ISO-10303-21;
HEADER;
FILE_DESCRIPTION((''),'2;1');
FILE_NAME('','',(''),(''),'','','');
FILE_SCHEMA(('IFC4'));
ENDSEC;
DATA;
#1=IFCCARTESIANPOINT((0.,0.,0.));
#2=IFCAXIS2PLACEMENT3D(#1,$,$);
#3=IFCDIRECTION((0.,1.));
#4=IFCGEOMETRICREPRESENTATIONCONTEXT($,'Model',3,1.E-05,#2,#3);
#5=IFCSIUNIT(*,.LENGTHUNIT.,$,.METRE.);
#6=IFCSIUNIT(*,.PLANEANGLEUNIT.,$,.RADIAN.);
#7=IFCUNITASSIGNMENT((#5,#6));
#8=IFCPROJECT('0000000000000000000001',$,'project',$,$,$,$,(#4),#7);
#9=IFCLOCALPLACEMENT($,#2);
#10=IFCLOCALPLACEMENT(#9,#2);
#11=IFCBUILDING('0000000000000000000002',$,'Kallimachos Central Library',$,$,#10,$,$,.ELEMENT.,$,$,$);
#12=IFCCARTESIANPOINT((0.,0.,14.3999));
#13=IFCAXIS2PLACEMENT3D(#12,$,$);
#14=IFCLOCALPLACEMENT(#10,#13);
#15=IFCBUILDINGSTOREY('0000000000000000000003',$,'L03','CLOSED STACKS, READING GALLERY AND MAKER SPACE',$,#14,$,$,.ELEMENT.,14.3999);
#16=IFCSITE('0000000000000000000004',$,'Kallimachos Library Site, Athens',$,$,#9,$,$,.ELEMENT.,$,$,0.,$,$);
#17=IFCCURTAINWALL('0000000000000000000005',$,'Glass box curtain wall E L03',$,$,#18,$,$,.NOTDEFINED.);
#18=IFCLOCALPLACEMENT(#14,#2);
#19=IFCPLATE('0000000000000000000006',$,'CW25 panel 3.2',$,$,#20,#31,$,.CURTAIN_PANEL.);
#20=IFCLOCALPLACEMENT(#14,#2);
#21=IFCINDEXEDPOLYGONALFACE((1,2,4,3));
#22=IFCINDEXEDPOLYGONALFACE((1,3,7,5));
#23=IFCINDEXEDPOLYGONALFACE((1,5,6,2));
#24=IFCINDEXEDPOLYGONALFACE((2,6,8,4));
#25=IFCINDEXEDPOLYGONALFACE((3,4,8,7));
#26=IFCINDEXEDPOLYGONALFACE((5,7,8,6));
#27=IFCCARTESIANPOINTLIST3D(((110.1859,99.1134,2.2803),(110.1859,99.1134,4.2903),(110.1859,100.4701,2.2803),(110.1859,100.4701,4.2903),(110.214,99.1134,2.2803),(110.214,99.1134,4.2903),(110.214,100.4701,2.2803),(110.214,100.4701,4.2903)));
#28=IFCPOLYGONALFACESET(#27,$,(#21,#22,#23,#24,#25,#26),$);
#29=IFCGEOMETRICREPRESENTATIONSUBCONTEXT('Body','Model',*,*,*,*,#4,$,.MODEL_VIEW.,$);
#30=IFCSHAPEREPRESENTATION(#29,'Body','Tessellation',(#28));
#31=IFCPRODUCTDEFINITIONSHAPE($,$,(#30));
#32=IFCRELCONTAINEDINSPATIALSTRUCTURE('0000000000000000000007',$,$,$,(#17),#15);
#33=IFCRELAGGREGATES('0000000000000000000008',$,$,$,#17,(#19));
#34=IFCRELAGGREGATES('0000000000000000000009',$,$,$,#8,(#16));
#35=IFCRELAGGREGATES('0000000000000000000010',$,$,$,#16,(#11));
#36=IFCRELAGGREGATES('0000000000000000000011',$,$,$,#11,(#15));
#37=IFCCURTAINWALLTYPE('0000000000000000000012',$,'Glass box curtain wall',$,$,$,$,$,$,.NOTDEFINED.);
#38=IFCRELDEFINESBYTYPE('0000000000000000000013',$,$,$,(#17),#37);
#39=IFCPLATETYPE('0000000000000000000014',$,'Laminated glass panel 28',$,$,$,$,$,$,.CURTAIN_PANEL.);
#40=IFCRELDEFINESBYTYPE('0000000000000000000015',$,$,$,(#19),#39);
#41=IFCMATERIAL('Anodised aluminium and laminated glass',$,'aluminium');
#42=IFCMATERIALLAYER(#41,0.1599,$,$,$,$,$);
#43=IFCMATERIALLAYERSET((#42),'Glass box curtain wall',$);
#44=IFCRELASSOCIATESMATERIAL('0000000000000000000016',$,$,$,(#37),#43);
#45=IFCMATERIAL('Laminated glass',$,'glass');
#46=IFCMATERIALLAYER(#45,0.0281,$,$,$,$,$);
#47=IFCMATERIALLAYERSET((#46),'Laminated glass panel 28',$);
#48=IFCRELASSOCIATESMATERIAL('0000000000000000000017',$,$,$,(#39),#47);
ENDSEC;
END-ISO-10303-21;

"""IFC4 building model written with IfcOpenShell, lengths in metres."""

from ifc_helpers import new_model, si_unit, direction, frame, origin, origin_2d, place, context, subcontext, project, spatial, rectangle, extrude, material, layer, layer_set, type_object, element, aggregate, save


model = new_model("IFC4")

# Units and contexts
model_context = context("Model", 3, precision=1e-05, world=origin(), true_north=direction((0.0, 1.0)))
body_context = subcontext(model_context, "Body", "Model", "MODEL_VIEW")
ifc_project = project(units=[si_unit("LENGTHUNIT", "METRE"), si_unit("PLANEANGLEUNIT", "RADIAN")], contexts=[model_context])

# Site, building, storey
site_placement = place(None, origin())
site = spatial("IfcSite", under=ifc_project, at=site_placement, Name="Kallimachos Library Site, Athens", CompositionType="ELEMENT", RefElevation=0.0)
building_placement = place(site_placement, origin())
building = spatial("IfcBuilding", under=site, at=building_placement, Name="Kallimachos Central Library", CompositionType="ELEMENT")
storey_placement = place(building_placement, frame((0.0, 0.0, 14.3999)))
storey = spatial("IfcBuildingStorey", under=building, at=storey_placement, Name="L03", Description="CLOSED STACKS, READING GALLERY AND MAKER SPACE", CompositionType="ELEMENT", Elevation=14.3999)

# Curtain wall
ifc_material_1 = material(Name="Anodised aluminium and laminated glass", Category="aluminium")
ifc_layer_1 = layer(ifc_material_1, 0.1599)
ifc_layer_set_1 = layer_set([ifc_layer_1], Name="Glass box curtain wall")
curtain_wall_type = type_object("IfcCurtainWallType", Name="Glass box curtain wall", PredefinedType="NOTDEFINED", material=ifc_layer_set_1)
curtain_wall_placement = place(storey_placement, origin())
curtain_wall = element("IfcCurtainWall", 1, at=curtain_wall_placement, inside=storey, type_object=curtain_wall_type, Name="Glass box curtain wall E L03", PredefinedType="NOTDEFINED")

# Plate
ifc_material_2 = material(Name="Laminated glass", Category="glass")
ifc_layer_2 = layer(ifc_material_2, 0.0281)
ifc_layer_set_2 = layer_set([ifc_layer_2], Name="Laminated glass panel 28")
plate_type = type_object("IfcPlateType", Name="Laminated glass panel 28", PredefinedType="CURTAIN_PANEL", material=ifc_layer_set_2)
plate_1_placement = place(storey_placement, frame((110.2, 99.7917, 2.2803), z_axis=(0.0, 0.0, 1.0), x_axis=(0.0, 1.0, 0.0)))
plate_1 = element("IfcPlate", 2, at=plate_1_placement, type_object=plate_type, Name="CW25 panel 3.2", PredefinedType="CURTAIN_PANEL", context=body_context, shape_type="SweptSolid", body=[
    extrude(rectangle(XDim=1.3567, YDim=0.0281, at=origin_2d()), origin(), (0.0, 0.0, 1.0), 2.01),
])
aggregate(curtain_wall, [plate_1])

save(model, "model.ifc")
